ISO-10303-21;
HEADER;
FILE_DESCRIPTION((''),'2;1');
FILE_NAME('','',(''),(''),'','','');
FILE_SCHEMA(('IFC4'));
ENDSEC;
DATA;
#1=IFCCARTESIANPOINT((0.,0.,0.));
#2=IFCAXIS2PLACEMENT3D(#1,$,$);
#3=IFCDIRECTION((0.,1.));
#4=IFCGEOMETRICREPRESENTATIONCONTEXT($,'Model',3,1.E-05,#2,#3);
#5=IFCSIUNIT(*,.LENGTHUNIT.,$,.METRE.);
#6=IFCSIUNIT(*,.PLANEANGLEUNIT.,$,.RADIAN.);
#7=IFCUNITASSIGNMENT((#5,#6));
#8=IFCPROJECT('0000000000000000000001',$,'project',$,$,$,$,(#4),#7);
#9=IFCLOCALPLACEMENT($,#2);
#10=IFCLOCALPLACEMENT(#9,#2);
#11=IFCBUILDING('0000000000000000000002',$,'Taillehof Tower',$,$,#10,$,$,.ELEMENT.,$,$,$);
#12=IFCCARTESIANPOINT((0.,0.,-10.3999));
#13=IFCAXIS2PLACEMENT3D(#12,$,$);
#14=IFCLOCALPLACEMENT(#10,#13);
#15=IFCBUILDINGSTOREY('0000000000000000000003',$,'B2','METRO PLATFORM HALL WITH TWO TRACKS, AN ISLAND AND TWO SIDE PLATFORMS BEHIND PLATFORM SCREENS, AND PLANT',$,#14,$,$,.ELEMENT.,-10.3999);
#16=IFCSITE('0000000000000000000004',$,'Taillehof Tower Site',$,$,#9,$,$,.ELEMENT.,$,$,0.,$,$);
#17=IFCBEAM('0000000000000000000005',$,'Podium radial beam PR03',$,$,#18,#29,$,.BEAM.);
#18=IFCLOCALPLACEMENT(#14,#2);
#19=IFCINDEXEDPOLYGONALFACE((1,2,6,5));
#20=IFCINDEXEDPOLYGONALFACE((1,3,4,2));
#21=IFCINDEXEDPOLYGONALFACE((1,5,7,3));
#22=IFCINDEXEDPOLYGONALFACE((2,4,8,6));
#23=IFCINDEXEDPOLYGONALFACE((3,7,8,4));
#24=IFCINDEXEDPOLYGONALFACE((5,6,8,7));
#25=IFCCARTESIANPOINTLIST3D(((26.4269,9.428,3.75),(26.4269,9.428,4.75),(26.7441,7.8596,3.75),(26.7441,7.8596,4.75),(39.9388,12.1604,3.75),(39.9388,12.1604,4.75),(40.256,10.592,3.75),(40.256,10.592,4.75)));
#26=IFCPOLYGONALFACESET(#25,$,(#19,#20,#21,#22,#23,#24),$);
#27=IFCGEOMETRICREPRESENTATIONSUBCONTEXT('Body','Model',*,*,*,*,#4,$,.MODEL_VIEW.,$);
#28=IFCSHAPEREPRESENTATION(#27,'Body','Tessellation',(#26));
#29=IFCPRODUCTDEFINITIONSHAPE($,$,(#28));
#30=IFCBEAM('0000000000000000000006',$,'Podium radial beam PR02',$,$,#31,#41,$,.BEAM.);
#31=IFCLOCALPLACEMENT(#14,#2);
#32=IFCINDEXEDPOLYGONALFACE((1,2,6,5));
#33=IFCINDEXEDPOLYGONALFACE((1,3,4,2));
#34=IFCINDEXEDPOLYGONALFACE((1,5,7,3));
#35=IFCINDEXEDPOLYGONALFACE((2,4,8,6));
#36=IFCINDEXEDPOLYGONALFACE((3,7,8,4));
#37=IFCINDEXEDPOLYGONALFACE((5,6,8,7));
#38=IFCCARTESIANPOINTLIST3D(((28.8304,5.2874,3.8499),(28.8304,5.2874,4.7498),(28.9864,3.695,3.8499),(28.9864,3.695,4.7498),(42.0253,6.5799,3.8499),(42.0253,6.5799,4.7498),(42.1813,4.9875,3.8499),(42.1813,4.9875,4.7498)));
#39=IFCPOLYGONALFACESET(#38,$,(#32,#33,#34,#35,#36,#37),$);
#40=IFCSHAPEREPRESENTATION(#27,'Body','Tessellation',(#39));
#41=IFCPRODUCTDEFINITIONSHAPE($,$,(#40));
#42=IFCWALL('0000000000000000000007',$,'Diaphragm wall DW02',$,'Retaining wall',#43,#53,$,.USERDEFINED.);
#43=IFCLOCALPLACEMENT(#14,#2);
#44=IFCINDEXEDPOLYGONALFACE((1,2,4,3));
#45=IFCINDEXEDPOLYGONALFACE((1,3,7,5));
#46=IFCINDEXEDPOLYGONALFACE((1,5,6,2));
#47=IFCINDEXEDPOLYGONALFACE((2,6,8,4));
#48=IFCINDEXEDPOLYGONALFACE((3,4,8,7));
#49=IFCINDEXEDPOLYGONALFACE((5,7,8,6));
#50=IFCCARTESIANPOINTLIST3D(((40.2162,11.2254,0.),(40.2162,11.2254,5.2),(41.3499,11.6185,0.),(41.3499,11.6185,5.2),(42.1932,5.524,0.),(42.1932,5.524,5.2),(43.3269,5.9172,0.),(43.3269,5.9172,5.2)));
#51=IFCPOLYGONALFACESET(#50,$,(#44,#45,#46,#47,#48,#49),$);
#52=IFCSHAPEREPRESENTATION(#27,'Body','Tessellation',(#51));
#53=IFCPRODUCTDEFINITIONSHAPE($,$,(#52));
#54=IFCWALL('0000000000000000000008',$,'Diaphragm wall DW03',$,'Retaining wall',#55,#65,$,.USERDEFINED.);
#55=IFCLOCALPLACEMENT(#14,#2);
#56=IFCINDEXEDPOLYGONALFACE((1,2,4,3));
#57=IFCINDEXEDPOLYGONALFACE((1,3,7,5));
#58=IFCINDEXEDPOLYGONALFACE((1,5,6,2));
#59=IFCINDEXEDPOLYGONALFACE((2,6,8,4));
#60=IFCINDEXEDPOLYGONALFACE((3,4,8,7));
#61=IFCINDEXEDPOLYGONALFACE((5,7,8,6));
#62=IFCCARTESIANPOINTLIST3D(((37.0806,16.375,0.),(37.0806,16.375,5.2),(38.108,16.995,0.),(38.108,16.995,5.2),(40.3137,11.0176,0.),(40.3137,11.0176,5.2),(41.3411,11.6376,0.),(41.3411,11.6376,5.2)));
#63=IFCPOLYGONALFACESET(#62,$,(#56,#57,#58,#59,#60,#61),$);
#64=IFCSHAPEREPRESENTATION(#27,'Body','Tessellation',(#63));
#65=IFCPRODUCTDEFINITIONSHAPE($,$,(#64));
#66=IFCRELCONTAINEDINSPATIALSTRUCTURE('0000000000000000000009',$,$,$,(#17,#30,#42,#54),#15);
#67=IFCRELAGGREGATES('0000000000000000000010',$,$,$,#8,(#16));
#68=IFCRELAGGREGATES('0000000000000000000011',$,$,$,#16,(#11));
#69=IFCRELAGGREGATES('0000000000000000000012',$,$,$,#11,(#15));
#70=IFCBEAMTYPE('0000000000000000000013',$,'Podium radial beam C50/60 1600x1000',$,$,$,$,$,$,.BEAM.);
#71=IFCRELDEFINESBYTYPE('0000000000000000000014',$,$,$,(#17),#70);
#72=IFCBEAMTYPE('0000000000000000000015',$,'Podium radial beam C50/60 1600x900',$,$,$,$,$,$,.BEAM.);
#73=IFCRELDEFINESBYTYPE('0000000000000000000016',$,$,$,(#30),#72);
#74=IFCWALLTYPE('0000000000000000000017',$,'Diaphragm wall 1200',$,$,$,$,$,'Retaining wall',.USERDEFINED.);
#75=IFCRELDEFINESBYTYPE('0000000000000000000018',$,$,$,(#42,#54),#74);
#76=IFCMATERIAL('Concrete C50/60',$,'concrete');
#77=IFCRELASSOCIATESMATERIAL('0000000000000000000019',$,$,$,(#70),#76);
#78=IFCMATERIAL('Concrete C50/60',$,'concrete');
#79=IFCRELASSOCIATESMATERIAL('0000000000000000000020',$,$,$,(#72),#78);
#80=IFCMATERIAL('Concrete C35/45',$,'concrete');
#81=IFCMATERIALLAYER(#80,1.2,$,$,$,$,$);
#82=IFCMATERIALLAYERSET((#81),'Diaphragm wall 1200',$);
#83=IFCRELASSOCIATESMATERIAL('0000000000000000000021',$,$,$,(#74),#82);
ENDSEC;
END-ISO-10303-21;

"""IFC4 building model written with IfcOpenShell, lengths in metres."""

from ifc_helpers import new_model, si_unit, direction, frame, frame_2d, origin, origin_2d, place, context, subcontext, project, spatial, rectangle, extrude, material, layer, layer_set, material_profile, profile_set, type_object, element, save


model = new_model("IFC4")

# Units and contexts
model_context = context("Model", 3, precision=1e-05, world=origin(), true_north=direction((0.0, 1.0)))
body_context = subcontext(model_context, "Body", "Model", "MODEL_VIEW")
ifc_project = project(units=[si_unit("LENGTHUNIT", "METRE"), si_unit("PLANEANGLEUNIT", "RADIAN")], contexts=[model_context])

# Site, building, storey
site_placement = place(None, origin())
site = spatial("IfcSite", under=ifc_project, at=site_placement, Name="Taillehof Tower Site", CompositionType="ELEMENT", RefElevation=0.0)
building_placement = place(site_placement, origin())
building = spatial("IfcBuilding", under=site, at=building_placement, Name="Taillehof Tower", CompositionType="ELEMENT")
storey_placement = place(building_placement, frame((0.0, 0.0, -10.3999)))
storey = spatial("IfcBuildingStorey", under=building, at=storey_placement, Name="B2", Description="METRO PLATFORM HALL WITH TWO TRACKS, AN ISLAND AND TWO SIDE PLATFORMS BEHIND PLATFORM SCREENS, AND PLANT", CompositionType="ELEMENT", Elevation=-10.3999)

# Beams
ifc_material_1 = material(Name="Concrete C50/60", Category="concrete")
ifc_material_profile_1 = material_profile(ifc_material_1, rectangle(XDim=1.6001, YDim=1.0, at=origin_2d()), Name="RC 1600x1000")
ifc_profile_set_1 = profile_set([ifc_material_profile_1], Name="Concrete C50/60")
beam_type_1 = type_object("IfcBeamType", Name="Podium radial beam C50/60 1600x1000", PredefinedType="BEAM", material=ifc_profile_set_1)
beam_1_placement = place(storey_placement, frame((40.0974, 11.3762, 4.25), z_axis=(-0.98016, -0.19821, 0.0), x_axis=(0.19821, -0.98016, 0.0)))
element("IfcBeam", 1, at=beam_1_placement, inside=storey, type_object=beam_type_1, Name="Podium radial beam PR03", PredefinedType="BEAM", context=body_context, shape_type="SweptSolid", body=[
    extrude(rectangle(XDim=1.6001, YDim=1.0, at=origin_2d()), origin(), (0.0, 0.0, 1.0), 13.7854),
])
ifc_material_2 = material(Name="Concrete C50/60", Category="concrete")
ifc_material_profile_2 = material_profile(ifc_material_2, rectangle(XDim=1.6001, YDim=0.8999, at=origin_2d()), Name="RC 1600x900")
ifc_profile_set_2 = profile_set([ifc_material_profile_2], Name="Concrete C50/60")
beam_type_2 = type_object("IfcBeamType", Name="Podium radial beam C50/60 1600x900", PredefinedType="BEAM", material=ifc_profile_set_2)
beam_2_placement = place(storey_placement, frame((42.1033, 5.7837, 4.2998), z_axis=(-0.995237, -0.097487, 0.0), x_axis=(0.097487, -0.995237, 0.0)))
element("IfcBeam", 2, at=beam_2_placement, inside=storey, type_object=beam_type_2, Name="Podium radial beam PR02", PredefinedType="BEAM", context=body_context, shape_type="SweptSolid", body=[
    extrude(rectangle(XDim=1.6001, YDim=0.8999, at=origin_2d()), origin(), (0.0, 0.0, 1.0), 13.2581),
])

# Walls
ifc_material_3 = material(Name="Concrete C35/45", Category="concrete")
ifc_layer = layer(ifc_material_3, 1.2)
ifc_layer_set = layer_set([ifc_layer], Name="Diaphragm wall 1200")
wall_type = type_object("IfcWallType", Name="Diaphragm wall 1200", ElementType="Retaining wall", PredefinedType="USERDEFINED", material=ifc_layer_set)
wall_1_placement = place(storey_placement, frame((42.76, 5.7207, 0.0), z_axis=(0.0, 0.0, 1.0), x_axis=(-0.327626, 0.944807, 0.0)))
element("IfcWall", 3, at=wall_1_placement, inside=storey, type_object=wall_type, Name="Diaphragm wall DW02", ObjectType="Retaining wall", PredefinedType="USERDEFINED", context=body_context, shape_type="SweptSolid", body=[
    extrude(rectangle(XDim=6.0344, YDim=1.2, at=frame_2d((3.0171, 0.0))), origin(), (0.0, 0.0, 1.0), 5.2),
])
wall_2_placement = place(storey_placement, frame((40.8274, 11.3276, 0.0), z_axis=(0.0, 0.0, 1.0), x_axis=(-0.516692, 0.856172, 0.0)))
element("IfcWall", 4, at=wall_2_placement, inside=storey, type_object=wall_type, Name="Diaphragm wall DW03", ObjectType="Retaining wall", PredefinedType="USERDEFINED", context=body_context, shape_type="SweptSolid", body=[
    extrude(rectangle(XDim=6.2573, YDim=1.2, at=frame_2d((3.1287, 0.0))), origin(), (0.0, 0.0, 1.0), 5.2),
])

save(model, "model.ifc")
